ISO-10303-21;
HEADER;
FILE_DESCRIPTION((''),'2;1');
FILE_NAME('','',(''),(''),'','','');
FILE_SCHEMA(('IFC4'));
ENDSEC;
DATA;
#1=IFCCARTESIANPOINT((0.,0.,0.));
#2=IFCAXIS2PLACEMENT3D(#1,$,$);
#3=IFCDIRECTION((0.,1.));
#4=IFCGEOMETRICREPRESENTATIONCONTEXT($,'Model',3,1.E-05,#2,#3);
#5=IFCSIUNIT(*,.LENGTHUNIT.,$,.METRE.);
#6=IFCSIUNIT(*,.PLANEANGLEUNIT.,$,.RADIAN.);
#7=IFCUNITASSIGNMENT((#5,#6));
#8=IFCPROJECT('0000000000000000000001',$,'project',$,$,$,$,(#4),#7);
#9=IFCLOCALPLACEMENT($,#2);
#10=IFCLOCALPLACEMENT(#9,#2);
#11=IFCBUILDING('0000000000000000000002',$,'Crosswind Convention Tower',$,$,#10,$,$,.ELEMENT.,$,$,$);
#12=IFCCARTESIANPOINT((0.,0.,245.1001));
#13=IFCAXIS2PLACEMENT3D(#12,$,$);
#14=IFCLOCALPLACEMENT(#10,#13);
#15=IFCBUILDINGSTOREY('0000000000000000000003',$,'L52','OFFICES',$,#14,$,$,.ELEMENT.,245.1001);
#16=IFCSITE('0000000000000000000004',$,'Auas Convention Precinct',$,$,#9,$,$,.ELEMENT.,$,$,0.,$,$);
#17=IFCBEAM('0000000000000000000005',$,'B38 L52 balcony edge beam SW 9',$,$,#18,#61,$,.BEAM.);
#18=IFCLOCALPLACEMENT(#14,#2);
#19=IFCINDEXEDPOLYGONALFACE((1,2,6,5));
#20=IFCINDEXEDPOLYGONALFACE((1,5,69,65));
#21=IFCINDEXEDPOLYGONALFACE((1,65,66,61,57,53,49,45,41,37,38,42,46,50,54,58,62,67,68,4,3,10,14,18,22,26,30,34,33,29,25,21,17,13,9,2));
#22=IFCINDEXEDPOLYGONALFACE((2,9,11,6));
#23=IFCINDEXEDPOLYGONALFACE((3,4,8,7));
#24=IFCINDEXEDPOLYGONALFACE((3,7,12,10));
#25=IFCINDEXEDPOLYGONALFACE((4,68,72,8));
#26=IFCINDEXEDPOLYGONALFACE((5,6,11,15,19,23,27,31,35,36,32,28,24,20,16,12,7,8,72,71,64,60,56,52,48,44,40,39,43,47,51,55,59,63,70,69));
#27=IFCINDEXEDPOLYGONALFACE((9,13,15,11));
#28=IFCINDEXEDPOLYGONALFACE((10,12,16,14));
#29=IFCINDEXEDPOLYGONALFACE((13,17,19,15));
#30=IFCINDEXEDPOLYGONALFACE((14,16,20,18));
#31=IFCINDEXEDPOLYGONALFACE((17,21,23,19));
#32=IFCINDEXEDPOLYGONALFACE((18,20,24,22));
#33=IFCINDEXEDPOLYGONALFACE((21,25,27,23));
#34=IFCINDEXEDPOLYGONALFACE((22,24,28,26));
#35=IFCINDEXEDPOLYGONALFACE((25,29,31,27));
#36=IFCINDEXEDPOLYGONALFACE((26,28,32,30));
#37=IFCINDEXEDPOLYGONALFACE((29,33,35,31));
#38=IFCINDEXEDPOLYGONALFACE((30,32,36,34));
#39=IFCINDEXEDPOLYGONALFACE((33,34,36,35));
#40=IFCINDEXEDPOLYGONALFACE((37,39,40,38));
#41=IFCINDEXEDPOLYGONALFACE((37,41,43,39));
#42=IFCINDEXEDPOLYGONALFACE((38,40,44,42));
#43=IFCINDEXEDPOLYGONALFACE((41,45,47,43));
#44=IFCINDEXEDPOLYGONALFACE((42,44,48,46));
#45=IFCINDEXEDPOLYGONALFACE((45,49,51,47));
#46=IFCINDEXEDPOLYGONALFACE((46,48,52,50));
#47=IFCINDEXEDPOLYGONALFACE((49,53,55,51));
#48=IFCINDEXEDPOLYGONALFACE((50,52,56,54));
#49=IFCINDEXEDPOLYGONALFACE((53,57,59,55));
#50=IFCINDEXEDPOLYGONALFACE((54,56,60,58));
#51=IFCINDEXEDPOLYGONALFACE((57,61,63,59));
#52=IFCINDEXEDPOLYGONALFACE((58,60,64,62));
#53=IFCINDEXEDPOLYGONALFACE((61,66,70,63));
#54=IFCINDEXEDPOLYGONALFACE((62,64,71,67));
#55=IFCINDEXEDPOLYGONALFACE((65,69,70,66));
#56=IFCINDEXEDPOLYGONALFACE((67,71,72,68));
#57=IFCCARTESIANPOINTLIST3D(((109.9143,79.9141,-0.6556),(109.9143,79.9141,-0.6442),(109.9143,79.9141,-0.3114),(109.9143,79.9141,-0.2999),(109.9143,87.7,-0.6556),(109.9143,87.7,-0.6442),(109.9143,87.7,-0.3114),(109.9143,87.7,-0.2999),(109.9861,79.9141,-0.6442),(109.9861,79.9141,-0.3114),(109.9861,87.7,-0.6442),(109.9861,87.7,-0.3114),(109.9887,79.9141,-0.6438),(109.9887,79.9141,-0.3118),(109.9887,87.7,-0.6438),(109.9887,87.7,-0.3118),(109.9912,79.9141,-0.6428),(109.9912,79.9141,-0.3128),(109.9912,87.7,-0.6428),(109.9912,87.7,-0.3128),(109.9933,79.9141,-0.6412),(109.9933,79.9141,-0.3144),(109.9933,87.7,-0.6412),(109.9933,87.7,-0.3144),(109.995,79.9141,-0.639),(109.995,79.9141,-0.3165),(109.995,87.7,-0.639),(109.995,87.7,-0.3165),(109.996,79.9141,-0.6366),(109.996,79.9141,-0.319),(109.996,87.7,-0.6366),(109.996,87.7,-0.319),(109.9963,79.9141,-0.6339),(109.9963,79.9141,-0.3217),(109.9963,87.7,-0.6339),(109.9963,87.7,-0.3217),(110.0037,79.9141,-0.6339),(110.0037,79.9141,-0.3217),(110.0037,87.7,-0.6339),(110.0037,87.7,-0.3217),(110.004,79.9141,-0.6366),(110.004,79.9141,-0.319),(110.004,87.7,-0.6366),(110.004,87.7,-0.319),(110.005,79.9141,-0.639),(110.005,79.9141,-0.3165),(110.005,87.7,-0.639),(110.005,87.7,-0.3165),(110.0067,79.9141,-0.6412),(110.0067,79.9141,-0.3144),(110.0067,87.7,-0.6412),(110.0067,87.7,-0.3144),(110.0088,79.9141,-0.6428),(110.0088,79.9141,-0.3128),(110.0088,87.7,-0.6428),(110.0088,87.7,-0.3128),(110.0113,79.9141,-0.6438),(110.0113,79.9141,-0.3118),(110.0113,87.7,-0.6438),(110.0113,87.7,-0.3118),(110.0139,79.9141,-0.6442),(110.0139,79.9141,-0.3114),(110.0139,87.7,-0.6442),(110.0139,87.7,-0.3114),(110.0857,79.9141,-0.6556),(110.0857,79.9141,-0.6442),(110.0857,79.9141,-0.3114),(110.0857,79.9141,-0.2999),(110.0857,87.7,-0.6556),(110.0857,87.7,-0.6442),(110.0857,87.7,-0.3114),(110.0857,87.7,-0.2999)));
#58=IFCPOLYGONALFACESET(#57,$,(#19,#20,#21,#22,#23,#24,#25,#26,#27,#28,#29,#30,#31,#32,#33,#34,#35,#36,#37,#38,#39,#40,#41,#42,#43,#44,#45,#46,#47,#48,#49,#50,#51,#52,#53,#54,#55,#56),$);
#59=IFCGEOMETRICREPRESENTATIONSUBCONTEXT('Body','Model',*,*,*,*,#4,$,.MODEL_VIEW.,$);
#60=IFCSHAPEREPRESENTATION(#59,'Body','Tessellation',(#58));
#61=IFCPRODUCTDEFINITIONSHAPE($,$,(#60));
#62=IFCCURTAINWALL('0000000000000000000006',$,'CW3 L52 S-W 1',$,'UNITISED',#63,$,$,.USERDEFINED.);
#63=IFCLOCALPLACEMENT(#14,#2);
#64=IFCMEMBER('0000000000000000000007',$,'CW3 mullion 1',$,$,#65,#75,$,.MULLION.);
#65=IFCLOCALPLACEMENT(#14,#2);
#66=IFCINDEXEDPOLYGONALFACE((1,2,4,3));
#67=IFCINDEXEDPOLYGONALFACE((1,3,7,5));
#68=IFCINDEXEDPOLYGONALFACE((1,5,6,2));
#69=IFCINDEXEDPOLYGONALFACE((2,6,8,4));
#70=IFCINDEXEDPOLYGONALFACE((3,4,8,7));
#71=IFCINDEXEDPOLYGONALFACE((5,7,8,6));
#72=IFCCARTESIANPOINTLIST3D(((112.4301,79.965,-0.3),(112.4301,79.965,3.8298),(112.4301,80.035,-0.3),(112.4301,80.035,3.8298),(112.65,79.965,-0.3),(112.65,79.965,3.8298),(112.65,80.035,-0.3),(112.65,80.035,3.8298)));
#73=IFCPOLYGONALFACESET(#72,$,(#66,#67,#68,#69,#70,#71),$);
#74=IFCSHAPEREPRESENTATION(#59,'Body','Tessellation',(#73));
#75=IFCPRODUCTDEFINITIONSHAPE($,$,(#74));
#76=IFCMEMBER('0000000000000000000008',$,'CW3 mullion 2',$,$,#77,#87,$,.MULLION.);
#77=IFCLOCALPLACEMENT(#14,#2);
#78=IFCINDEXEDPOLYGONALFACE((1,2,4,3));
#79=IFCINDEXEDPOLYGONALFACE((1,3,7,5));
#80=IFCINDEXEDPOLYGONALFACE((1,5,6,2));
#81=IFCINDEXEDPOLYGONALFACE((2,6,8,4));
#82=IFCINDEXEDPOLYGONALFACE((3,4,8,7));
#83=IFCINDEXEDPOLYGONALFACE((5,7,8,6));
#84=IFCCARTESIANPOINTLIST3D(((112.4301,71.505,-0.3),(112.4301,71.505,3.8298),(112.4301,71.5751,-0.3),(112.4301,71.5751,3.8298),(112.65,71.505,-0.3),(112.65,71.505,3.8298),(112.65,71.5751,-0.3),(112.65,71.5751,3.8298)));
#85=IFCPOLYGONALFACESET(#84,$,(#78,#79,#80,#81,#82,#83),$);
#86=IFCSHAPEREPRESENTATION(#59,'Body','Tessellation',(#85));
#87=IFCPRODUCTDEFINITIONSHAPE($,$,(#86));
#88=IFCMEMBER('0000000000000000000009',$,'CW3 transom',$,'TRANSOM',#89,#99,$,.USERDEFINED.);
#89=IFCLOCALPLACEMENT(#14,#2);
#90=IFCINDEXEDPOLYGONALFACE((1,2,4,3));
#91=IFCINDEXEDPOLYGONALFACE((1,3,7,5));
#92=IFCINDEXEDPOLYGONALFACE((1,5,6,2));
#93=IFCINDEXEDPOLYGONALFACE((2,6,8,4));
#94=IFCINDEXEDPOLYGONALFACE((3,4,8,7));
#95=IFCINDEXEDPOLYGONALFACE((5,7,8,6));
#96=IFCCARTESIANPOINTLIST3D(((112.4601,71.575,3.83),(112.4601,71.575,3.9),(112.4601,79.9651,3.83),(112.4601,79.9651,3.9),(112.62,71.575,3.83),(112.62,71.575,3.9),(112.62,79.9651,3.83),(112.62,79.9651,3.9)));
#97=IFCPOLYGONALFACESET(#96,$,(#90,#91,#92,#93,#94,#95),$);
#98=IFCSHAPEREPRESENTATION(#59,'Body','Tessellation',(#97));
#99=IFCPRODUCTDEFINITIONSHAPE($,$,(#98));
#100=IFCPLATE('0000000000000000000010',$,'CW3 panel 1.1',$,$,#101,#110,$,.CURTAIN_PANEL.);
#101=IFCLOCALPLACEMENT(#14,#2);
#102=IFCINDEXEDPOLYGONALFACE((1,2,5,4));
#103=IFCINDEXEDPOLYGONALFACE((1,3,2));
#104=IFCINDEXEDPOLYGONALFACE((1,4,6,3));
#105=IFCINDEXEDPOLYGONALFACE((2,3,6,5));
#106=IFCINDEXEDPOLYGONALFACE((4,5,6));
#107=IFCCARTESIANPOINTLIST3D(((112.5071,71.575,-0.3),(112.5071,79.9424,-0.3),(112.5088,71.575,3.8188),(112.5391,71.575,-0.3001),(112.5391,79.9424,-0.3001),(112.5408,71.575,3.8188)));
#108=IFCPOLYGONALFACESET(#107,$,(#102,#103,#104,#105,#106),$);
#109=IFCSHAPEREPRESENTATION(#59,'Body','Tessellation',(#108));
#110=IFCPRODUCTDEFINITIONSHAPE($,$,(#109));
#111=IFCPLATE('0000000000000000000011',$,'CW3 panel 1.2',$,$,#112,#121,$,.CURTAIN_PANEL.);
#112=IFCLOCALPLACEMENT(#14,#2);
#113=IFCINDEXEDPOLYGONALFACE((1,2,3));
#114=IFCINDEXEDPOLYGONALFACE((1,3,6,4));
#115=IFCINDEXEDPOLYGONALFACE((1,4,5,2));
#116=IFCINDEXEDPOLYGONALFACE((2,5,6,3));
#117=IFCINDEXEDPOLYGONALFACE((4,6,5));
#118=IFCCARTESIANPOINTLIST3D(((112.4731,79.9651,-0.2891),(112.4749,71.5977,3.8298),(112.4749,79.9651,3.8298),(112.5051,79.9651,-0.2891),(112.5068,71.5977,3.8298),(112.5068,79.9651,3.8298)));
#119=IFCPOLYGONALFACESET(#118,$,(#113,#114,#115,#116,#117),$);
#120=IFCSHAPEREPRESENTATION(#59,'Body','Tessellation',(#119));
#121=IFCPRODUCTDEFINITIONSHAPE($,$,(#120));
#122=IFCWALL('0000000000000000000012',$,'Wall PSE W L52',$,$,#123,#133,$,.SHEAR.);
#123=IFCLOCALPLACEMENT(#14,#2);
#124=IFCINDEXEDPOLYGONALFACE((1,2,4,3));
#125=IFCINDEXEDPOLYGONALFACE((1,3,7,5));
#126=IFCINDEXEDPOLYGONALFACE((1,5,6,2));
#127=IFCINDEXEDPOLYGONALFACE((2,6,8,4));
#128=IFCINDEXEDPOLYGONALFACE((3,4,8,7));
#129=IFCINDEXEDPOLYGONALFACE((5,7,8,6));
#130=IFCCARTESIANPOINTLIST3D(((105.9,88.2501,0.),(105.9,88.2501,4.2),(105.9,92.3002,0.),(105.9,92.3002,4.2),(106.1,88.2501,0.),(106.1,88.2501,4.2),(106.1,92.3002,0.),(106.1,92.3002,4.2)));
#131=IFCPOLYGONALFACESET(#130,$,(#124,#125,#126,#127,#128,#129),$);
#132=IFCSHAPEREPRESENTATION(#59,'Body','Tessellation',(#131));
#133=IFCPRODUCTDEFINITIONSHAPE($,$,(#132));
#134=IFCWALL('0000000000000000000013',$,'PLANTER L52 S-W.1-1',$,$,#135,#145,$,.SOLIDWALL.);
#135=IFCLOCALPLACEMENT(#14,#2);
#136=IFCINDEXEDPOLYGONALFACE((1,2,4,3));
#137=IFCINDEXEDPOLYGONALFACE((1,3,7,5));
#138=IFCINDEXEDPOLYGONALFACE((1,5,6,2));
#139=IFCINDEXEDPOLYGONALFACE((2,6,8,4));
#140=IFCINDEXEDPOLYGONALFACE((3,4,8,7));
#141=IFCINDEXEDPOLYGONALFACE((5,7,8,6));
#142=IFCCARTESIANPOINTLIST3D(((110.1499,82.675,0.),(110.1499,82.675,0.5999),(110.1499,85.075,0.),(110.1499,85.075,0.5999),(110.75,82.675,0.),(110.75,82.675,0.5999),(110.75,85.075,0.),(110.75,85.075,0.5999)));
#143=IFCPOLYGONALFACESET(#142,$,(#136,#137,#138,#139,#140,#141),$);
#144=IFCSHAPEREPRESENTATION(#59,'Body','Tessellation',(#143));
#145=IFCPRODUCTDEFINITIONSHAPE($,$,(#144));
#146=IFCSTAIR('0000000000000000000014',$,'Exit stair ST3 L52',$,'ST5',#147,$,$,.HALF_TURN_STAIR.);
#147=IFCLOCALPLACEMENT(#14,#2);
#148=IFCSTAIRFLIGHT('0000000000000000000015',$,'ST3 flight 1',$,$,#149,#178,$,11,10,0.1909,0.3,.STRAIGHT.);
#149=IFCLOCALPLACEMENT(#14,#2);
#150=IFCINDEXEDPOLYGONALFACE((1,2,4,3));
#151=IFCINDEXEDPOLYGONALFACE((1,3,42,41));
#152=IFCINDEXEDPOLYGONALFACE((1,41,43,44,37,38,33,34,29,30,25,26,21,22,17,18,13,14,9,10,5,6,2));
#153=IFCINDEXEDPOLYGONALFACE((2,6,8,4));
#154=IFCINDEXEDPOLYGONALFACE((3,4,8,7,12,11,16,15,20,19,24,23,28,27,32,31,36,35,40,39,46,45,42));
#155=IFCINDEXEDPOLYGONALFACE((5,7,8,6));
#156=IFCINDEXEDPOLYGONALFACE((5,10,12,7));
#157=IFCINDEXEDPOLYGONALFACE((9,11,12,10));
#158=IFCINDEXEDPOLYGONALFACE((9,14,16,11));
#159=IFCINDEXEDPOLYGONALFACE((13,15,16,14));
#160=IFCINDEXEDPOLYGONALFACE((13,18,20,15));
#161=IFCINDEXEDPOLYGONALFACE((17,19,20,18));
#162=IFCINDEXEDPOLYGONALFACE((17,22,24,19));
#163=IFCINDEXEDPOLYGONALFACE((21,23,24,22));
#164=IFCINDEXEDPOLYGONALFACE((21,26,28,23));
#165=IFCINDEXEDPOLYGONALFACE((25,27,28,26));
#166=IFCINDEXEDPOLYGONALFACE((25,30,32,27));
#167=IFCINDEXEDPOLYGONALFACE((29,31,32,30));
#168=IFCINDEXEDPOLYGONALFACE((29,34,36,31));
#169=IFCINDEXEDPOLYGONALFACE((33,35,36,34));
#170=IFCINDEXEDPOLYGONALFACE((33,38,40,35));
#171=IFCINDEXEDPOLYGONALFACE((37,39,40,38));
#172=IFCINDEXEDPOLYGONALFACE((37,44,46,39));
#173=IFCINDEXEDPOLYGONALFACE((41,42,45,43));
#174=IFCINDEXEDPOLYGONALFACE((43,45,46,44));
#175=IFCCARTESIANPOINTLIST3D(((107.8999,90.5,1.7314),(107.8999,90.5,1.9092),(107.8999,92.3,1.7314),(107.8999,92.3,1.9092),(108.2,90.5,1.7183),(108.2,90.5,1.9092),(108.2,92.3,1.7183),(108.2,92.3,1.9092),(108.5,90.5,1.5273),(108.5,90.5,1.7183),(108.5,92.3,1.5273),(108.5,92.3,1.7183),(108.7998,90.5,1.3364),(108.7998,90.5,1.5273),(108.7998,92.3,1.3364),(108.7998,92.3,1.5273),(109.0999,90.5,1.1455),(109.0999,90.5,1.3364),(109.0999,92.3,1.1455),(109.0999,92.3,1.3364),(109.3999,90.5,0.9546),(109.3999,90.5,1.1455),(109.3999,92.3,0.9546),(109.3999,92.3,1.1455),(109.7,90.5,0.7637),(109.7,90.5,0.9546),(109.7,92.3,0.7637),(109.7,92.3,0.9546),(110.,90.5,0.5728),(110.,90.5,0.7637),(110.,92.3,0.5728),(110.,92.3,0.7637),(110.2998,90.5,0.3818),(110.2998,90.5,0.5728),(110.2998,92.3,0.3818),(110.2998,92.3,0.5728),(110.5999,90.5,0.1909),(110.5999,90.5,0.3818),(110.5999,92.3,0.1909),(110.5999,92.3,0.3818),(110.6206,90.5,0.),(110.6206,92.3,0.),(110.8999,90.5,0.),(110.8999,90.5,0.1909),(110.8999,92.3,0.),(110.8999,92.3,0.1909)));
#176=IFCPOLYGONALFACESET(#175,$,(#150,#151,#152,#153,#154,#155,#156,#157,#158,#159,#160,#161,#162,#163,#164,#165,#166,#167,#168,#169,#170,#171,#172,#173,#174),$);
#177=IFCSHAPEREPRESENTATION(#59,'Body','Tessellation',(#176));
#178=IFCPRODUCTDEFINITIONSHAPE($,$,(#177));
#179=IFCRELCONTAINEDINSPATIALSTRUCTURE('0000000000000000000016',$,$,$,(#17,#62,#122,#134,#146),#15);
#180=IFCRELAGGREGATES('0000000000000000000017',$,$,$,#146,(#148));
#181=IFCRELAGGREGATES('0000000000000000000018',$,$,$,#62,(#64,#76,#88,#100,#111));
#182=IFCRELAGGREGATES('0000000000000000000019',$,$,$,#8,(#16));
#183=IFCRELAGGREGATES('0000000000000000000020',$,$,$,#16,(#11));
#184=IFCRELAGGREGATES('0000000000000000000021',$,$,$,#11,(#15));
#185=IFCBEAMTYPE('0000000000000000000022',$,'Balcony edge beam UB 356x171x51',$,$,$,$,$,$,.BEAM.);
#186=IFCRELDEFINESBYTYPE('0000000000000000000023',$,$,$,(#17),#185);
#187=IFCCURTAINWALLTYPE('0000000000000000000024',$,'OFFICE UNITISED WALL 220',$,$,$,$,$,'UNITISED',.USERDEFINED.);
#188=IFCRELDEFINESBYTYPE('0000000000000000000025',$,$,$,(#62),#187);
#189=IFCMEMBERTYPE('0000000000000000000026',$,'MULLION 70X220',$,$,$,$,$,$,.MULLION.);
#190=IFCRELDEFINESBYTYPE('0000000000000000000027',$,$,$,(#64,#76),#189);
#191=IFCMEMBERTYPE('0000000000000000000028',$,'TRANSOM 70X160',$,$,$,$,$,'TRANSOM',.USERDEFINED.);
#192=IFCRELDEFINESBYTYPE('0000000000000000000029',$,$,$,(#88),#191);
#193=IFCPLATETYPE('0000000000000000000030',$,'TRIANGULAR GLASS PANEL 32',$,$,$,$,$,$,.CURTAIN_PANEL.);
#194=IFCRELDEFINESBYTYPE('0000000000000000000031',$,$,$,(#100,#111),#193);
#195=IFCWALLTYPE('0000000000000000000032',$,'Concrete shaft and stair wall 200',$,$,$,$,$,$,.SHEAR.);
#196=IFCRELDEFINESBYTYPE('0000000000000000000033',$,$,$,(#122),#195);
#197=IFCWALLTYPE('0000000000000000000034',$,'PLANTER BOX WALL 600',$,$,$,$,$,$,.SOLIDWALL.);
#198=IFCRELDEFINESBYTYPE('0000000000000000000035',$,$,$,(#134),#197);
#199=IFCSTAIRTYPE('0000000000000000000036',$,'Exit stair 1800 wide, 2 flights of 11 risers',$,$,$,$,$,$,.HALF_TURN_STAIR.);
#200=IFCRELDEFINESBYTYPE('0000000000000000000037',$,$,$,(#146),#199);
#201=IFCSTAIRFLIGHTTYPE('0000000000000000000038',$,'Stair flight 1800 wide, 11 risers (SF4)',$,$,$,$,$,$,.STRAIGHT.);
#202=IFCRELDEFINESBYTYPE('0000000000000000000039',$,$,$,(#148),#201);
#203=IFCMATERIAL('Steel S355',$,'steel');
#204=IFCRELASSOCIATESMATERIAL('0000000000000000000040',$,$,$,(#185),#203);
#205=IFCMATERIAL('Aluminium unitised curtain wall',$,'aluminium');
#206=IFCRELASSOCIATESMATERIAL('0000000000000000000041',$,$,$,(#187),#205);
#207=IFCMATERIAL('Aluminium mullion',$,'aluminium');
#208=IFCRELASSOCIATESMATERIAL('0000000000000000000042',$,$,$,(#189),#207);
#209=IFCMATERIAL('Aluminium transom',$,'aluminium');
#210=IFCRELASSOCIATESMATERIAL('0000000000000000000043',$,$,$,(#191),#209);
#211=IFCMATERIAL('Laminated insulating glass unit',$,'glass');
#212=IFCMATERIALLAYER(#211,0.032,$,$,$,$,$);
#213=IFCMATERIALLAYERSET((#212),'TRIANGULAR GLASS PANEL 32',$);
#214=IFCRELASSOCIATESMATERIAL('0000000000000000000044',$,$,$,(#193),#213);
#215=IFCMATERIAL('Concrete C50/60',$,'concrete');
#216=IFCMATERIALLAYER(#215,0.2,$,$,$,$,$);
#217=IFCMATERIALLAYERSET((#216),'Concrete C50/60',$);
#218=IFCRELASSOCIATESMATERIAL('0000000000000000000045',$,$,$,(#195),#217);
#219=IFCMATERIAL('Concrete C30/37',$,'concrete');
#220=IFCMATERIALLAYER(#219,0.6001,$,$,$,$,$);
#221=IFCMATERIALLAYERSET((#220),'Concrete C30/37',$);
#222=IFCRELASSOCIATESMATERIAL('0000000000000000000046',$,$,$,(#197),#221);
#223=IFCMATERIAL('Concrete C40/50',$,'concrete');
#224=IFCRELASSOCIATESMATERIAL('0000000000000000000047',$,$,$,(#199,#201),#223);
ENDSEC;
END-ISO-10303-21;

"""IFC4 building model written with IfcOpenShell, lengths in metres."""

from ifc_helpers import new_model, si_unit, direction, frame, frame_2d, origin, origin_2d, place, context, subcontext, project, spatial, polyline, rectangle, i_section, outline, extrude, material, layer, layer_set, material_profile, profile_set, type_object, element, aggregate, save


model = new_model("IFC4")

# Units and contexts
model_context = context("Model", 3, precision=1e-05, world=origin(), true_north=direction((0.0, 1.0)))
body_context = subcontext(model_context, "Body", "Model", "MODEL_VIEW")
ifc_project = project(units=[si_unit("LENGTHUNIT", "METRE"), si_unit("PLANEANGLEUNIT", "RADIAN")], contexts=[model_context])

# Site, building, storey
site_placement = place(None, origin())
site = spatial("IfcSite", under=ifc_project, at=site_placement, Name="Auas Convention Precinct", CompositionType="ELEMENT", RefElevation=0.0)
building_placement = place(site_placement, origin())
building = spatial("IfcBuilding", under=site, at=building_placement, Name="Crosswind Convention Tower", CompositionType="ELEMENT")
storey_placement = place(building_placement, frame((0.0, 0.0, 245.1001)))
storey = spatial("IfcBuildingStorey", under=building, at=storey_placement, Name="L52", Description="OFFICES", CompositionType="ELEMENT", Elevation=245.1001)

# Beam
ifc_material_1 = material(Name="Steel S355", Category="steel")
ifc_material_profile_1 = material_profile(ifc_material_1, i_section(OverallWidth=0.1714, OverallDepth=0.3557, WebThickness=0.0073, FlangeThickness=0.0115, FilletRadius=0.0103, at=origin_2d()), Name="UB 356x171x51")
ifc_profile_set_1 = profile_set([ifc_material_profile_1], Name="Steel S355")
beam_type = type_object("IfcBeamType", Name="Balcony edge beam UB 356x171x51", PredefinedType="BEAM", material=ifc_profile_set_1)
beam_placement = place(storey_placement, frame((110.0, 87.7, -0.4778), z_axis=(0.0, -1.0, 0.0), x_axis=(1.0, 0.0, 0.0)))
element("IfcBeam", 1, at=beam_placement, inside=storey, type_object=beam_type, Name="B38 L52 balcony edge beam SW 9", PredefinedType="BEAM", context=body_context, shape_type="SweptSolid", body=[
    extrude(i_section(OverallWidth=0.1714, OverallDepth=0.3557, WebThickness=0.0073, FlangeThickness=0.0115, FilletRadius=0.0103, at=origin_2d()), origin(), (0.0, 0.0, 1.0), 7.7859),
])

# Curtain wall, members, plates
ifc_material_2 = material(Name="Aluminium unitised curtain wall", Category="aluminium")
curtain_wall_type = type_object("IfcCurtainWallType", Name="OFFICE UNITISED WALL 220", ElementType="UNITISED", PredefinedType="USERDEFINED", material=ifc_material_2)
curtain_wall_1_placement = place(storey_placement, origin())
curtain_wall_1 = element("IfcCurtainWall", 2, at=curtain_wall_1_placement, inside=storey, type_object=curtain_wall_type, Name="CW3 L52 S-W 1", ObjectType="UNITISED", PredefinedType="USERDEFINED")
ifc_material_3 = material(Name="Aluminium mullion", Category="aluminium")
ifc_material_profile_2 = material_profile(ifc_material_3, rectangle(XDim=0.22, YDim=0.0701, at=origin_2d()), Name="AL 220X70")
ifc_profile_set_2 = profile_set([ifc_material_profile_2], Name="Aluminium mullion")
member_type_1 = type_object("IfcMemberType", Name="MULLION 70X220", PredefinedType="MULLION", material=ifc_profile_set_2)
member_1_placement = place(storey_placement, frame((112.54, 80.0, -0.3), z_axis=(0.0, 0.0, 1.0), x_axis=(-1.0, 0.0, 0.0)))
member_1 = element("IfcMember", 3, at=member_1_placement, type_object=member_type_1, Name="CW3 mullion 1", PredefinedType="MULLION", context=body_context, shape_type="SweptSolid", body=[
    extrude(rectangle(XDim=0.22, YDim=0.0701, at=origin_2d()), origin(), (0.0, 0.0, 1.0), 4.1299),
])
member_2_placement = place(storey_placement, frame((112.54, 71.54, -0.3), z_axis=(0.0, 0.0, 1.0), x_axis=(-1.0, 0.0, 0.0)))
member_2 = element("IfcMember", 4, at=member_2_placement, type_object=member_type_1, Name="CW3 mullion 2", PredefinedType="MULLION", context=body_context, shape_type="SweptSolid", body=[
    extrude(rectangle(XDim=0.22, YDim=0.0701, at=origin_2d()), origin(), (0.0, 0.0, 1.0), 4.1299),
])
ifc_material_4 = material(Name="Aluminium transom", Category="aluminium")
ifc_material_profile_3 = material_profile(ifc_material_4, rectangle(XDim=0.1599, YDim=0.0701, at=origin_2d()), Name="AL 160X70")
ifc_profile_set_3 = profile_set([ifc_material_profile_3], Name="Aluminium transom")
member_type_2 = type_object("IfcMemberType", Name="TRANSOM 70X160", ElementType="TRANSOM", PredefinedType="USERDEFINED", material=ifc_profile_set_3)
member_3_placement = place(storey_placement, frame((112.54, 79.9651, 3.865), z_axis=(0.0, -1.0, 0.0), x_axis=(1.0, 0.0, 0.0)))
member_3 = element("IfcMember", 5, at=member_3_placement, type_object=member_type_2, Name="CW3 transom", ObjectType="TRANSOM", PredefinedType="USERDEFINED", context=body_context, shape_type="SweptSolid", body=[
    extrude(rectangle(XDim=0.1599, YDim=0.0701, at=origin_2d()), origin(), (0.0, 0.0, 1.0), 8.3901),
])
ifc_material_5 = material(Name="Laminated insulating glass unit", Category="glass")
ifc_layer_1 = layer(ifc_material_5, 0.032)
ifc_layer_set_1 = layer_set([ifc_layer_1], Name="TRIANGULAR GLASS PANEL 32")
plate_type = type_object("IfcPlateType", Name="TRIANGULAR GLASS PANEL 32", PredefinedType="CURTAIN_PANEL", material=ifc_layer_set_1)
plate_1_placement = place(storey_placement, frame((112.5071, 71.575, -0.3), z_axis=(-1.0, 0.0, 0.000415), x_axis=(0.000415, 0.0, 1.0)))
plate_1 = element("IfcPlate", 6, at=plate_1_placement, type_object=plate_type, Name="CW3 panel 1.1", PredefinedType="CURTAIN_PANEL", context=body_context, shape_type="SweptSolid", body=[
    extrude(outline(polyline([(0.0, 0.0), (4.1189, 0.0), (0.0, 8.3674), (0.0, 0.0)])), origin(), (0.0, 0.0, -1.0), 0.032),
])
plate_2_placement = place(storey_placement, frame((112.4749, 79.9651, 3.8298), z_axis=(-1.0, 0.0, 0.000415), x_axis=(-0.000415, 0.0, -1.0)))
plate_2 = element("IfcPlate", 7, at=plate_2_placement, type_object=plate_type, Name="CW3 panel 1.2", PredefinedType="CURTAIN_PANEL", context=body_context, shape_type="SweptSolid", body=[
    extrude(outline(polyline([(0.0, 0.0), (4.1189, 0.0), (0.0, 8.3674), (0.0, 0.0)])), origin(), (0.0, 0.0, -1.0), 0.032),
])

# Walls
ifc_material_6 = material(Name="Concrete C50/60", Category="concrete")
ifc_layer_2 = layer(ifc_material_6, 0.2)
ifc_layer_set_2 = layer_set([ifc_layer_2], Name="Concrete C50/60")
wall_type_1 = type_object("IfcWallType", Name="Concrete shaft and stair wall 200", PredefinedType="SHEAR", material=ifc_layer_set_2)
wall_1_placement = place(storey_placement, frame((106.0, 92.3, 0.0), z_axis=(0.0, 0.0, 1.0), x_axis=(0.0, -1.0, 0.0)))
element("IfcWall", 8, at=wall_1_placement, inside=storey, type_object=wall_type_1, Name="Wall PSE W L52", PredefinedType="SHEAR", context=body_context, shape_type="SweptSolid", body=[
    extrude(rectangle(XDim=4.05, YDim=0.2, at=frame_2d((2.0249, 0.0))), origin(), (0.0, 0.0, 1.0), 4.2),
])
ifc_material_7 = material(Name="Concrete C30/37", Category="concrete")
ifc_layer_3 = layer(ifc_material_7, 0.6001)
ifc_layer_set_3 = layer_set([ifc_layer_3], Name="Concrete C30/37")
wall_type_2 = type_object("IfcWallType", Name="PLANTER BOX WALL 600", PredefinedType="SOLIDWALL", material=ifc_layer_set_3)
wall_2_placement = place(storey_placement, frame((110.45, 85.075, 0.0), z_axis=(0.0, 0.0, 1.0), x_axis=(0.0, -1.0, 0.0)))
element("IfcWall", 9, at=wall_2_placement, inside=storey, type_object=wall_type_2, Name="PLANTER L52 S-W.1-1", PredefinedType="SOLIDWALL", context=body_context, shape_type="SweptSolid", body=[
    extrude(rectangle(XDim=2.3999, YDim=0.6001, at=frame_2d((1.2, 0.0))), origin(), (0.0, 0.0, 1.0), 0.5999),
])

# Stair, stair flight
ifc_material_8 = material(Name="Concrete C40/50", Category="concrete")
stair_type = type_object("IfcStairType", Name="Exit stair 1800 wide, 2 flights of 11 risers", PredefinedType="HALF_TURN_STAIR", material=ifc_material_8)
stair_placement = place(storey_placement, origin())
stair = element("IfcStair", 10, at=stair_placement, inside=storey, type_object=stair_type, Name="Exit stair ST3 L52", ObjectType="ST5", PredefinedType="HALF_TURN_STAIR")
stair_flight_type = type_object("IfcStairFlightType", Name="Stair flight 1800 wide, 11 risers (SF4)", PredefinedType="STRAIGHT", material=ifc_material_8)
stair_flight_1_placement = place(storey_placement, frame((110.8999, 91.3999, 0.0), z_axis=(0.0, 0.0, 1.0), x_axis=(-1.0, 0.0, 0.0)))
stair_flight_1 = element("IfcStairFlight", 11, at=stair_flight_1_placement, type_object=stair_flight_type, Name="ST3 flight 1", NumberOfRisers=11, NumberOfTreads=10, PredefinedType="STRAIGHT", RiserHeight=0.1909, TreadLength=0.3, context=body_context, shape_type="SweptSolid", body=[
    extrude(outline(polyline([(0.0, 0.0), (0.0, 0.1909), (0.3, 0.1909), (0.3, 0.3818), (0.6001, 0.3818), (0.6001, 0.5728), (0.8999, 0.5728), (0.8999, 0.7637), (1.2, 0.7637), (1.2, 0.9546), (1.5, 0.9546), (1.5, 1.1455), (1.8, 1.1455), (1.8, 1.3364), (2.1001, 1.3364), (2.1001, 1.5273), (2.3999, 1.5273), (2.3999, 1.7183), (2.7, 1.7183), (2.7, 1.9092), (3.0, 1.9092), (3.0, 2.1001), (3.0, 1.7314), (0.2793, 0.0), (0.0, 0.0)])), frame((0.0, 0.8999, 0.0), z_axis=(0.0, -1.0, 0.0), x_axis=(1.0, 0.0, 0.0)), (0.0, 0.0, 1.0), 1.8),
])
aggregate(stair, [stair_flight_1])

aggregate(curtain_wall_1, [member_1, member_2, member_3, plate_1, plate_2])

save(model, "model.ifc")
